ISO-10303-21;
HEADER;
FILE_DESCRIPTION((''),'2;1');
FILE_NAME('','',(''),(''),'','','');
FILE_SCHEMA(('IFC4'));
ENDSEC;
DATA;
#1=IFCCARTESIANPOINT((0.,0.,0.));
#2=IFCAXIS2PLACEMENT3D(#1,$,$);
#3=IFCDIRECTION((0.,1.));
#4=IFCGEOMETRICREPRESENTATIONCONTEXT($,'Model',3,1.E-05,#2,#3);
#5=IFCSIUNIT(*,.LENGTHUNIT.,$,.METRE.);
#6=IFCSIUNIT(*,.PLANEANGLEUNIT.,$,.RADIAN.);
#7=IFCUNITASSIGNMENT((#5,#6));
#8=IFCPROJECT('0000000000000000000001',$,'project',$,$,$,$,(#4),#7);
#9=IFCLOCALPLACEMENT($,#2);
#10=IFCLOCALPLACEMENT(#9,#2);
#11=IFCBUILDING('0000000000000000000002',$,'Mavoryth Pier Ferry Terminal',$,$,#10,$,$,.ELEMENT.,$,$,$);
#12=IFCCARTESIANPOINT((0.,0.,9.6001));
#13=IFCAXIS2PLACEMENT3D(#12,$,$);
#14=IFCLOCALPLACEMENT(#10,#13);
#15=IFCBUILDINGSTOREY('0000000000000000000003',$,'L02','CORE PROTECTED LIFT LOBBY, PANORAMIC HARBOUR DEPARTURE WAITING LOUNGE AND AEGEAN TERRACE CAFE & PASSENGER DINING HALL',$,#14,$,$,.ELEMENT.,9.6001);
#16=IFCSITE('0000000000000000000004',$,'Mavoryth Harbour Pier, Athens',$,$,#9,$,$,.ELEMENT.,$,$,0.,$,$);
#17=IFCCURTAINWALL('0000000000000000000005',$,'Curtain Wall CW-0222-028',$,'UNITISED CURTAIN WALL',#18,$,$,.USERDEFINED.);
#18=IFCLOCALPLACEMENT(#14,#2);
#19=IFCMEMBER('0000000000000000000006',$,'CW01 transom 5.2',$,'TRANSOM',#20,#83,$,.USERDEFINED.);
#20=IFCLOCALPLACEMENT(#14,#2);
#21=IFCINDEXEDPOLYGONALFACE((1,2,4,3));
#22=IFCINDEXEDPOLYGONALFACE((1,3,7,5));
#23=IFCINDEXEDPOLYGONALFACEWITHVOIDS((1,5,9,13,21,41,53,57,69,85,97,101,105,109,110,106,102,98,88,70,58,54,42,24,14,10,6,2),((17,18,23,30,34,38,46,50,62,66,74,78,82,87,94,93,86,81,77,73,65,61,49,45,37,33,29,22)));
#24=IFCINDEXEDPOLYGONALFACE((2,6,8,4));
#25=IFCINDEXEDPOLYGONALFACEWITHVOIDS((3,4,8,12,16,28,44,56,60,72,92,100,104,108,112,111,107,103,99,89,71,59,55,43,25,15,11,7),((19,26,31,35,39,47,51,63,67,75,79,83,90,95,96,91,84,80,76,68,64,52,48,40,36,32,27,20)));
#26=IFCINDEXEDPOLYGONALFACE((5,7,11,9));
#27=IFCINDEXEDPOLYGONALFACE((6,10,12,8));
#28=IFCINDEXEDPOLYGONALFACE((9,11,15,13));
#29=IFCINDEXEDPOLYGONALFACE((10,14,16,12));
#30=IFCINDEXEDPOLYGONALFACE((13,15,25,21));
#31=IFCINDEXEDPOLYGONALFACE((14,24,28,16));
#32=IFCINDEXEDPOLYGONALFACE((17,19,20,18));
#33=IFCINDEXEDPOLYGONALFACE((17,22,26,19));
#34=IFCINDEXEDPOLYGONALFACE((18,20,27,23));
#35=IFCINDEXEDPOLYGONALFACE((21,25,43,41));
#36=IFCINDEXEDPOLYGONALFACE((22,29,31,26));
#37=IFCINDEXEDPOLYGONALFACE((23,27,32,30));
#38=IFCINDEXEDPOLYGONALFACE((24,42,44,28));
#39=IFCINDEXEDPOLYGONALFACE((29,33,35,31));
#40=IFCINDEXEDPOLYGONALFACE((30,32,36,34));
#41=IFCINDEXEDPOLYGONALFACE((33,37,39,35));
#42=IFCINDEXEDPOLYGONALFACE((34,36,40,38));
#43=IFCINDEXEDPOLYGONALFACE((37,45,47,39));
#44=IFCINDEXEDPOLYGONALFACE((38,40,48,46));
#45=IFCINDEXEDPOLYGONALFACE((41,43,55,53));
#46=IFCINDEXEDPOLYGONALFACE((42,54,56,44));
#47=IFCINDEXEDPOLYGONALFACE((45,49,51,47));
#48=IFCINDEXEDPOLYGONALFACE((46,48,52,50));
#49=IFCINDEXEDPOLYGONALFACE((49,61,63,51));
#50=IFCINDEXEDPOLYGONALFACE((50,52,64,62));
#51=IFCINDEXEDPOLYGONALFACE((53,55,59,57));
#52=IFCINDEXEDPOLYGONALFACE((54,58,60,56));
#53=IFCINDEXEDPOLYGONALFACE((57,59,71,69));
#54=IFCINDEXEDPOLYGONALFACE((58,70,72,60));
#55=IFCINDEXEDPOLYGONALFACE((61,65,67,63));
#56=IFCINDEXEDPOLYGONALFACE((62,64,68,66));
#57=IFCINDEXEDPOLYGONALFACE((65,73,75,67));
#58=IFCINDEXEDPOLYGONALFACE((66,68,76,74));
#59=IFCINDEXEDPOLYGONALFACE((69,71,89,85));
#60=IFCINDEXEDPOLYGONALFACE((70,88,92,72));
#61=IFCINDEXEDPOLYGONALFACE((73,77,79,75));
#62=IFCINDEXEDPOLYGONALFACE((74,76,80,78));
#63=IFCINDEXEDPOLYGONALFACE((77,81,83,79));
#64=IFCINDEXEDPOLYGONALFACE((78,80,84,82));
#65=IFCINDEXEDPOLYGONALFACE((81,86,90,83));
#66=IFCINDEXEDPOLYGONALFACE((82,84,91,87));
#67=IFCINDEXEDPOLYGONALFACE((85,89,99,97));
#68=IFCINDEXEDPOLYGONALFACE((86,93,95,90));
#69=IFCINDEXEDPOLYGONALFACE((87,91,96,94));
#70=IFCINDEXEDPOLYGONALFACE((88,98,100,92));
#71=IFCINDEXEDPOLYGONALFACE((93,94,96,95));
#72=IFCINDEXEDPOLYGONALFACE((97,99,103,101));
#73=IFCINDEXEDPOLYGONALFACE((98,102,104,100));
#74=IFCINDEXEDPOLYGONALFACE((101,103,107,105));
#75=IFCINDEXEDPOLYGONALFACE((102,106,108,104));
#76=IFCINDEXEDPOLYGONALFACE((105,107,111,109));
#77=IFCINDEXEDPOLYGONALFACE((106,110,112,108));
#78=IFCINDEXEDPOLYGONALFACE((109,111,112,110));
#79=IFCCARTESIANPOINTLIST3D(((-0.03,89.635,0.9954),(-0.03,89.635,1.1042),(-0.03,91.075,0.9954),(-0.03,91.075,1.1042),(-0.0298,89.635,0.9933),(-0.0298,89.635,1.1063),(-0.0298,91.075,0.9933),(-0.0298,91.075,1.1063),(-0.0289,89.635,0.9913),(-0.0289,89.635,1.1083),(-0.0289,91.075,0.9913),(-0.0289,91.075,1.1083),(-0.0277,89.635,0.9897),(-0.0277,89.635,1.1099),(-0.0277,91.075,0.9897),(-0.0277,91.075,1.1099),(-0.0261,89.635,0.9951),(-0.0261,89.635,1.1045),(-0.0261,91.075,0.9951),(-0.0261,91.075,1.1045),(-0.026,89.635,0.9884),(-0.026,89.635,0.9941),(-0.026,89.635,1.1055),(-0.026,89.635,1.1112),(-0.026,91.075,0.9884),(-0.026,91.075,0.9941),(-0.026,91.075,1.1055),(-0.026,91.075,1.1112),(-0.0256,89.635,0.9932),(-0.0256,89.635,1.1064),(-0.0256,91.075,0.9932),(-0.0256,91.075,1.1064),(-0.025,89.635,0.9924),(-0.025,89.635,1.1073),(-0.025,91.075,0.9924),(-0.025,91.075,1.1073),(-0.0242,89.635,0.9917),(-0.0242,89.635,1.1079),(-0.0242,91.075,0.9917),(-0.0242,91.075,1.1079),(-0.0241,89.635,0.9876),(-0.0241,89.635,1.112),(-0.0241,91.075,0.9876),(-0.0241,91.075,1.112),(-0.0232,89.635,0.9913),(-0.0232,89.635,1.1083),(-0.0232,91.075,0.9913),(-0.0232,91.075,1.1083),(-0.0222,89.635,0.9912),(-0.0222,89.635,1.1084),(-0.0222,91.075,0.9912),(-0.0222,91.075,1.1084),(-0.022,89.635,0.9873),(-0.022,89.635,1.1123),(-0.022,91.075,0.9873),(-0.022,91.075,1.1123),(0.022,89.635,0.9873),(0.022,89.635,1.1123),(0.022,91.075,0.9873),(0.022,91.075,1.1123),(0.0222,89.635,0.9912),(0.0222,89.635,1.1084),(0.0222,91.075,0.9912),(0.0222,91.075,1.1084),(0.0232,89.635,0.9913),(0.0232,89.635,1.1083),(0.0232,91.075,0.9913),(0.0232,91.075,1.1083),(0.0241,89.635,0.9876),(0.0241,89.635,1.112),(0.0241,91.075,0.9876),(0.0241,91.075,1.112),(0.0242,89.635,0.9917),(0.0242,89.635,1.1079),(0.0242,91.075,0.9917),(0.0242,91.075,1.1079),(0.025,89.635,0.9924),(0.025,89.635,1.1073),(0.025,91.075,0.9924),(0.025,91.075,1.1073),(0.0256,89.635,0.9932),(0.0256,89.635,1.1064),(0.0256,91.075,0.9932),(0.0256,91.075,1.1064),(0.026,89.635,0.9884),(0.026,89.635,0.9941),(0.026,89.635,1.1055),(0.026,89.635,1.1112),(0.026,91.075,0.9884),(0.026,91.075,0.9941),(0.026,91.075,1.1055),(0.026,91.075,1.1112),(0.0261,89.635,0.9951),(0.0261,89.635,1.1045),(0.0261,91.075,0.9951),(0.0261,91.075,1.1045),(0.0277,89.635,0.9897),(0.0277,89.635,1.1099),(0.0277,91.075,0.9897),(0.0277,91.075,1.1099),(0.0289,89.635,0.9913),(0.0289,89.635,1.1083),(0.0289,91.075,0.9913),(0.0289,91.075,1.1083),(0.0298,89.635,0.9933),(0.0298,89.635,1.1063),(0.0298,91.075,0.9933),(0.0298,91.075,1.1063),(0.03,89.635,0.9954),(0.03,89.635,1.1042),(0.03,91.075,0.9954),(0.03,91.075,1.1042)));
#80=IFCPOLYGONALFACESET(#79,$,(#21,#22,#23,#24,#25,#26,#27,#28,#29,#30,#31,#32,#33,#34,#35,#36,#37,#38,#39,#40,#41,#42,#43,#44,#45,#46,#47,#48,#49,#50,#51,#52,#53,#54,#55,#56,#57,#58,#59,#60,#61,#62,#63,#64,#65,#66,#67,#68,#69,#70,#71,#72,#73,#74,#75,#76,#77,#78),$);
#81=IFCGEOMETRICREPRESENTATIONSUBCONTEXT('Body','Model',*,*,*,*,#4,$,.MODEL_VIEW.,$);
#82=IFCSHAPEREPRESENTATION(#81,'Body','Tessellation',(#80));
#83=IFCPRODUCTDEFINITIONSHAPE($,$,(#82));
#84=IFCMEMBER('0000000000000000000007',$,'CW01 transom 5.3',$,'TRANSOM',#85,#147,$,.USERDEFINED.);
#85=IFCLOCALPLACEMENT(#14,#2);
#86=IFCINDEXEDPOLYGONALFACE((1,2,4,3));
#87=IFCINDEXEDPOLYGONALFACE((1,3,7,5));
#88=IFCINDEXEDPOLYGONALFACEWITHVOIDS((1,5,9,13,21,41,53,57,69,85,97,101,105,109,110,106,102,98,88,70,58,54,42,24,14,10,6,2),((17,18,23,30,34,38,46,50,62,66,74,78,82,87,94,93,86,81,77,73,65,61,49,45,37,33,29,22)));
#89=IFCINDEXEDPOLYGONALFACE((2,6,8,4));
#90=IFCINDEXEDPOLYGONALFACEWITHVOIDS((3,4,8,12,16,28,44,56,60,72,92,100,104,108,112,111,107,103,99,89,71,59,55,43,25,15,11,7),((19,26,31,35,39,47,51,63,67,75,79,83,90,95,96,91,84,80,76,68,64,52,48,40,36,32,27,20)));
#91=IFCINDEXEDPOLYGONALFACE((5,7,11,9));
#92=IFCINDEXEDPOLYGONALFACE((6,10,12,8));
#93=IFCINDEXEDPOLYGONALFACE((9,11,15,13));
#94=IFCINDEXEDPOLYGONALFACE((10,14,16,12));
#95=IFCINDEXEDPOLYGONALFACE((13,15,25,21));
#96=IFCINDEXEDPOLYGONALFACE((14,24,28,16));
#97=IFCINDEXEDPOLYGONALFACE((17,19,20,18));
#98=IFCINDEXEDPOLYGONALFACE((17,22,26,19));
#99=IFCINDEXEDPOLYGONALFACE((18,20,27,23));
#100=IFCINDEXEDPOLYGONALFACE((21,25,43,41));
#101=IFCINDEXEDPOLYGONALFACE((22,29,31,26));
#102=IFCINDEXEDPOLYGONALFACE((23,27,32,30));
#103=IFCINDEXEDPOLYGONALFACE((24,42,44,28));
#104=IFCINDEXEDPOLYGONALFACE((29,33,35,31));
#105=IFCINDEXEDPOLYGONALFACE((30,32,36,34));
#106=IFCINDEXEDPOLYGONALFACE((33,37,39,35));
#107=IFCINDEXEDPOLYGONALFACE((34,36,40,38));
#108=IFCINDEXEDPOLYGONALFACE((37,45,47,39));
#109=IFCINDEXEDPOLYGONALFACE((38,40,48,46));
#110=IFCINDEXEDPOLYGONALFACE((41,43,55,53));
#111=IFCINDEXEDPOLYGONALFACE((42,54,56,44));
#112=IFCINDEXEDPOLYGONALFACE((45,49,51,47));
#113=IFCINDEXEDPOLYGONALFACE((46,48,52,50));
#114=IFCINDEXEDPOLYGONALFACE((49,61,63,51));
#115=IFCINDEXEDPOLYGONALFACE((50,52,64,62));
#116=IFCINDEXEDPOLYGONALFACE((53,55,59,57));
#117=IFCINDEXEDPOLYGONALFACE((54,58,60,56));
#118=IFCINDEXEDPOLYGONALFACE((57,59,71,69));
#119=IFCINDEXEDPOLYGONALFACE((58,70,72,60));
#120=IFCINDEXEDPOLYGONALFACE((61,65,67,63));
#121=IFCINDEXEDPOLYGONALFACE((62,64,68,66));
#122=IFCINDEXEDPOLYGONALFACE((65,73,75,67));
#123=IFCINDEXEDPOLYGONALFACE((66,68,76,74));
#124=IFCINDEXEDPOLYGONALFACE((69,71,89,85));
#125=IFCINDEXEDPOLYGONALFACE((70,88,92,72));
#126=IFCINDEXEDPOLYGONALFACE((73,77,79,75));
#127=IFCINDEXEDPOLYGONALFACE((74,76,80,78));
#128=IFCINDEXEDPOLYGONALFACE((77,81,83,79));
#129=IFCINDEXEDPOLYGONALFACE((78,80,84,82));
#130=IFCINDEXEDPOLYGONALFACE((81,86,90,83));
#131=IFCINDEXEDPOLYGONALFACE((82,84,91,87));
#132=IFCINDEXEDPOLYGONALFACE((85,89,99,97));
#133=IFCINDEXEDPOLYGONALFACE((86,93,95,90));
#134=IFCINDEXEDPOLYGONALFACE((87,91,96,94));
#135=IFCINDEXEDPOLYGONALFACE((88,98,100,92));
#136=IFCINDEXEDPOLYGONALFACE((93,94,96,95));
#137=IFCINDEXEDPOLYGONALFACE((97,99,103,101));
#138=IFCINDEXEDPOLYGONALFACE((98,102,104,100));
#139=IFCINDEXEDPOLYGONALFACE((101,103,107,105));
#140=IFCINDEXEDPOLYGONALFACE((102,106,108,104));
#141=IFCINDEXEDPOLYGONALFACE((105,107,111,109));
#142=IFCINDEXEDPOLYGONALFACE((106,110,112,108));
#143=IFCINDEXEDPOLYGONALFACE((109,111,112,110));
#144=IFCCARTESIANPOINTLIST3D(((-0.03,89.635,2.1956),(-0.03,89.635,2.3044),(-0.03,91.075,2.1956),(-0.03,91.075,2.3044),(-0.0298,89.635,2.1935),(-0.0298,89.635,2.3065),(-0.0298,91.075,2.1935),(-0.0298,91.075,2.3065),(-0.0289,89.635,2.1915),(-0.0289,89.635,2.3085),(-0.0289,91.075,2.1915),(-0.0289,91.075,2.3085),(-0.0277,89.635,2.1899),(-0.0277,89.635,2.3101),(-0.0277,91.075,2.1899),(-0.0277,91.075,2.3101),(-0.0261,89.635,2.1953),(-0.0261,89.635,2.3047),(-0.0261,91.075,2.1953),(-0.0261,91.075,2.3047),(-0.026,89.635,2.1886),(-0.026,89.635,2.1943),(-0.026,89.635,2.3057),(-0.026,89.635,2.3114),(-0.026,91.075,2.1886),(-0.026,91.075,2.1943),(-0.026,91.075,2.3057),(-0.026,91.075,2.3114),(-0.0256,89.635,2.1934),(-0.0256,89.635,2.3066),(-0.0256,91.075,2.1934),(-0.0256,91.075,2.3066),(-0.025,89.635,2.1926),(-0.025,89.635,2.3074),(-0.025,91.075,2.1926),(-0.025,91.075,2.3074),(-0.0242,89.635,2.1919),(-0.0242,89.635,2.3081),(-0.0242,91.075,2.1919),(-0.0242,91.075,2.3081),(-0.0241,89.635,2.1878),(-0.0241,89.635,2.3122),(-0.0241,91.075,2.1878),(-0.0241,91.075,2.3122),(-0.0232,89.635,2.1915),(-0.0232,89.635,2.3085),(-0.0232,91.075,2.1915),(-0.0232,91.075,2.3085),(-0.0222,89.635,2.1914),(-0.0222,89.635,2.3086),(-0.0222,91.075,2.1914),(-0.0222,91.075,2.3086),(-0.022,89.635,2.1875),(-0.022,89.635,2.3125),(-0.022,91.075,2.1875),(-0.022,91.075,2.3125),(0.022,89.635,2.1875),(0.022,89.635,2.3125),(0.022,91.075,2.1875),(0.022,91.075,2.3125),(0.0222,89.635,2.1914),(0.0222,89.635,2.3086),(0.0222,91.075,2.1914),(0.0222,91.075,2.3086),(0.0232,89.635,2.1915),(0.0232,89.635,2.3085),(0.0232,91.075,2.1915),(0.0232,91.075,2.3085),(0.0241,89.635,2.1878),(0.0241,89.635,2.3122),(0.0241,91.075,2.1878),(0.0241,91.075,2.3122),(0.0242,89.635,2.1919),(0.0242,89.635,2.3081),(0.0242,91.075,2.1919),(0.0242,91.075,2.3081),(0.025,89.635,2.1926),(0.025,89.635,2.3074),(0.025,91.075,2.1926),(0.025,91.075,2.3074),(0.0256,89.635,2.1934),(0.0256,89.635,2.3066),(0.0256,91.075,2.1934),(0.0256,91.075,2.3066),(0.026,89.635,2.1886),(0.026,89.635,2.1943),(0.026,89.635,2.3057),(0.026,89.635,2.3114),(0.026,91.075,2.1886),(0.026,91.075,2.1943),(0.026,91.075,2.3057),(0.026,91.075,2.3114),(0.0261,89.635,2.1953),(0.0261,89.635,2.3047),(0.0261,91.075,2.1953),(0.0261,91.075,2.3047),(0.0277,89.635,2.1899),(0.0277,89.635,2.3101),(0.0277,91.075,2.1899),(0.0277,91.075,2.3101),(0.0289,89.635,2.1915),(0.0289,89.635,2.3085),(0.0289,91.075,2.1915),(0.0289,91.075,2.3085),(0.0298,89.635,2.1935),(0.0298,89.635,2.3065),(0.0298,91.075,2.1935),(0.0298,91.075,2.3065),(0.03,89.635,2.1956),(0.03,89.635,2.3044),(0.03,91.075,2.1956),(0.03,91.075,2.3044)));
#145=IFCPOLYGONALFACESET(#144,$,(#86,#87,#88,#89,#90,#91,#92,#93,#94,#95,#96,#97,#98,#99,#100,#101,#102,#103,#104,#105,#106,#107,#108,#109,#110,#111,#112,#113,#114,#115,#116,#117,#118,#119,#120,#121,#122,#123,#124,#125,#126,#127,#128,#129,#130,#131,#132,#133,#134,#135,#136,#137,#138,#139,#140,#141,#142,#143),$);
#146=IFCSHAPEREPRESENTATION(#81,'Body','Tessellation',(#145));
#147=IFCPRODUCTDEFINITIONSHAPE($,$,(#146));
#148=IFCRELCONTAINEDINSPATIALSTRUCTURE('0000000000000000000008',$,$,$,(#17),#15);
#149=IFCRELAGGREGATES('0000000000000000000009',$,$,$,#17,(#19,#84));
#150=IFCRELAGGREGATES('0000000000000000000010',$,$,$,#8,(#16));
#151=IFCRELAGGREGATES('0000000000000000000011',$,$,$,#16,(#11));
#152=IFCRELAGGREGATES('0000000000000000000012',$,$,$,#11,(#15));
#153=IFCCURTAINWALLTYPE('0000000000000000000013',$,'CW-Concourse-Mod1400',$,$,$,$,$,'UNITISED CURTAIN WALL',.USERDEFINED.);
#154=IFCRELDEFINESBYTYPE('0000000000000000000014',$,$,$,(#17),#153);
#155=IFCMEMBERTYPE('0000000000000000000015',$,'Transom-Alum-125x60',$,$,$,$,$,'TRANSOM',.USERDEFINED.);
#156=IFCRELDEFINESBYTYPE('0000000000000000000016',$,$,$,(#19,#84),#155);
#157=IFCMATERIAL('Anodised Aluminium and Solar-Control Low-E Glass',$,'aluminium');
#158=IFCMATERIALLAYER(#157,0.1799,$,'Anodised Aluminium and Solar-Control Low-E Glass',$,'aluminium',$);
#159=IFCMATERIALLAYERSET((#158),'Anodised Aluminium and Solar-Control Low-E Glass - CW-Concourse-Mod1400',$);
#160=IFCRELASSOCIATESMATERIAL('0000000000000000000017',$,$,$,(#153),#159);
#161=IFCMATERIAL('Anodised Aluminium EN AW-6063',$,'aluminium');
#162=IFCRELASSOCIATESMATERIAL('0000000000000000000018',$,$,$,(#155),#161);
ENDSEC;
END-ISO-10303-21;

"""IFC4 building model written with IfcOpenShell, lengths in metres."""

from ifc_helpers import new_model, si_unit, direction, frame, origin, origin_2d, place, context, subcontext, project, spatial, hollow_rectangle, extrude, material, layer, layer_set, material_profile, profile_set, type_object, element, aggregate, save


model = new_model("IFC4")

# Units and contexts
model_context = context("Model", 3, precision=1e-05, world=origin(), true_north=direction((0.0, 1.0)))
body_context = subcontext(model_context, "Body", "Model", "MODEL_VIEW")
ifc_project = project(units=[si_unit("LENGTHUNIT", "METRE"), si_unit("PLANEANGLEUNIT", "RADIAN")], contexts=[model_context])

# Site, building, storey
site_placement = place(None, origin())
site = spatial("IfcSite", under=ifc_project, at=site_placement, Name="Mavoryth Harbour Pier, Athens", CompositionType="ELEMENT", RefElevation=0.0)
building_placement = place(site_placement, origin())
building = spatial("IfcBuilding", under=site, at=building_placement, Name="Mavoryth Pier Ferry Terminal", CompositionType="ELEMENT")
storey_placement = place(building_placement, frame((0.0, 0.0, 9.6001)))
storey = spatial("IfcBuildingStorey", under=building, at=storey_placement, Name="L02", Description="CORE PROTECTED LIFT LOBBY, PANORAMIC HARBOUR DEPARTURE WAITING LOUNGE AND AEGEAN TERRACE CAFE & PASSENGER DINING HALL", CompositionType="ELEMENT", Elevation=9.6001)

# Shared definitions
ifc_material_1 = material(Name="Anodised Aluminium and Solar-Control Low-E Glass", Category="aluminium")
ifc_layer_1 = layer(ifc_material_1, 0.1799, Name="Anodised Aluminium and Solar-Control Low-E Glass", Category="aluminium")
ifc_layer_set_1 = layer_set([ifc_layer_1], Name="Anodised Aluminium and Solar-Control Low-E Glass - CW-Concourse-Mod1400")
curtain_wall_type = type_object("IfcCurtainWallType", Name="CW-Concourse-Mod1400", ElementType="UNITISED CURTAIN WALL", PredefinedType="USERDEFINED", material=ifc_layer_set_1)
ifc_material_2 = material(Name="Anodised Aluminium EN AW-6063", Category="aluminium")

# Curtain wall
curtain_wall_1_placement = place(storey_placement, origin())
curtain_wall_1 = element("IfcCurtainWall", 1, at=curtain_wall_1_placement, inside=storey, type_object=curtain_wall_type, Name="Curtain Wall CW-0222-028", ObjectType="UNITISED CURTAIN WALL", PredefinedType="USERDEFINED")

# Members
ifc_material_profile_1 = material_profile(ifc_material_2, hollow_rectangle(XDim=0.0601, YDim=0.125, WallThickness=0.0039, InnerFilletRadius=0.0039, OuterFilletRadius=0.0081, at=origin_2d()), Name="AL-TRAN 125x60x4", Category="aluminium")
ifc_profile_set_1 = profile_set([ifc_material_profile_1], Name="Anodised Aluminium EN AW-6063 - AL-TRAN 125x60x4")
member_type_1 = type_object("IfcMemberType", Name="Transom-Alum-125x60", ElementType="TRANSOM", PredefinedType="USERDEFINED", material=ifc_profile_set_1)
member_1_placement = place(storey_placement, frame((0.0, 91.075, 1.0498), z_axis=(0.0, -1.0, 0.0), x_axis=(1.0, 0.0, 0.0)))
member_1 = element("IfcMember", 2, at=member_1_placement, type_object=member_type_1, Name="CW01 transom 5.2", ObjectType="TRANSOM", PredefinedType="USERDEFINED", context=body_context, shape_type="SweptSolid", body=[
    extrude(hollow_rectangle(XDim=0.0601, YDim=0.125, WallThickness=0.0039, InnerFilletRadius=0.0039, OuterFilletRadius=0.0081, at=origin_2d()), origin(), (0.0, 0.0, 1.0), 1.4399),
])
member_2_placement = place(storey_placement, frame((0.0, 91.075, 2.25), z_axis=(0.0, -1.0, 0.0), x_axis=(1.0, 0.0, 0.0)))
member_2 = element("IfcMember", 3, at=member_2_placement, type_object=member_type_1, Name="CW01 transom 5.3", ObjectType="TRANSOM", PredefinedType="USERDEFINED", context=body_context, shape_type="SweptSolid", body=[
    extrude(hollow_rectangle(XDim=0.0601, YDim=0.125, WallThickness=0.0039, InnerFilletRadius=0.0039, OuterFilletRadius=0.0081, at=origin_2d()), origin(), (0.0, 0.0, 1.0), 1.4399),
])

aggregate(curtain_wall_1, [member_1, member_2])

save(model, "model.ifc")
